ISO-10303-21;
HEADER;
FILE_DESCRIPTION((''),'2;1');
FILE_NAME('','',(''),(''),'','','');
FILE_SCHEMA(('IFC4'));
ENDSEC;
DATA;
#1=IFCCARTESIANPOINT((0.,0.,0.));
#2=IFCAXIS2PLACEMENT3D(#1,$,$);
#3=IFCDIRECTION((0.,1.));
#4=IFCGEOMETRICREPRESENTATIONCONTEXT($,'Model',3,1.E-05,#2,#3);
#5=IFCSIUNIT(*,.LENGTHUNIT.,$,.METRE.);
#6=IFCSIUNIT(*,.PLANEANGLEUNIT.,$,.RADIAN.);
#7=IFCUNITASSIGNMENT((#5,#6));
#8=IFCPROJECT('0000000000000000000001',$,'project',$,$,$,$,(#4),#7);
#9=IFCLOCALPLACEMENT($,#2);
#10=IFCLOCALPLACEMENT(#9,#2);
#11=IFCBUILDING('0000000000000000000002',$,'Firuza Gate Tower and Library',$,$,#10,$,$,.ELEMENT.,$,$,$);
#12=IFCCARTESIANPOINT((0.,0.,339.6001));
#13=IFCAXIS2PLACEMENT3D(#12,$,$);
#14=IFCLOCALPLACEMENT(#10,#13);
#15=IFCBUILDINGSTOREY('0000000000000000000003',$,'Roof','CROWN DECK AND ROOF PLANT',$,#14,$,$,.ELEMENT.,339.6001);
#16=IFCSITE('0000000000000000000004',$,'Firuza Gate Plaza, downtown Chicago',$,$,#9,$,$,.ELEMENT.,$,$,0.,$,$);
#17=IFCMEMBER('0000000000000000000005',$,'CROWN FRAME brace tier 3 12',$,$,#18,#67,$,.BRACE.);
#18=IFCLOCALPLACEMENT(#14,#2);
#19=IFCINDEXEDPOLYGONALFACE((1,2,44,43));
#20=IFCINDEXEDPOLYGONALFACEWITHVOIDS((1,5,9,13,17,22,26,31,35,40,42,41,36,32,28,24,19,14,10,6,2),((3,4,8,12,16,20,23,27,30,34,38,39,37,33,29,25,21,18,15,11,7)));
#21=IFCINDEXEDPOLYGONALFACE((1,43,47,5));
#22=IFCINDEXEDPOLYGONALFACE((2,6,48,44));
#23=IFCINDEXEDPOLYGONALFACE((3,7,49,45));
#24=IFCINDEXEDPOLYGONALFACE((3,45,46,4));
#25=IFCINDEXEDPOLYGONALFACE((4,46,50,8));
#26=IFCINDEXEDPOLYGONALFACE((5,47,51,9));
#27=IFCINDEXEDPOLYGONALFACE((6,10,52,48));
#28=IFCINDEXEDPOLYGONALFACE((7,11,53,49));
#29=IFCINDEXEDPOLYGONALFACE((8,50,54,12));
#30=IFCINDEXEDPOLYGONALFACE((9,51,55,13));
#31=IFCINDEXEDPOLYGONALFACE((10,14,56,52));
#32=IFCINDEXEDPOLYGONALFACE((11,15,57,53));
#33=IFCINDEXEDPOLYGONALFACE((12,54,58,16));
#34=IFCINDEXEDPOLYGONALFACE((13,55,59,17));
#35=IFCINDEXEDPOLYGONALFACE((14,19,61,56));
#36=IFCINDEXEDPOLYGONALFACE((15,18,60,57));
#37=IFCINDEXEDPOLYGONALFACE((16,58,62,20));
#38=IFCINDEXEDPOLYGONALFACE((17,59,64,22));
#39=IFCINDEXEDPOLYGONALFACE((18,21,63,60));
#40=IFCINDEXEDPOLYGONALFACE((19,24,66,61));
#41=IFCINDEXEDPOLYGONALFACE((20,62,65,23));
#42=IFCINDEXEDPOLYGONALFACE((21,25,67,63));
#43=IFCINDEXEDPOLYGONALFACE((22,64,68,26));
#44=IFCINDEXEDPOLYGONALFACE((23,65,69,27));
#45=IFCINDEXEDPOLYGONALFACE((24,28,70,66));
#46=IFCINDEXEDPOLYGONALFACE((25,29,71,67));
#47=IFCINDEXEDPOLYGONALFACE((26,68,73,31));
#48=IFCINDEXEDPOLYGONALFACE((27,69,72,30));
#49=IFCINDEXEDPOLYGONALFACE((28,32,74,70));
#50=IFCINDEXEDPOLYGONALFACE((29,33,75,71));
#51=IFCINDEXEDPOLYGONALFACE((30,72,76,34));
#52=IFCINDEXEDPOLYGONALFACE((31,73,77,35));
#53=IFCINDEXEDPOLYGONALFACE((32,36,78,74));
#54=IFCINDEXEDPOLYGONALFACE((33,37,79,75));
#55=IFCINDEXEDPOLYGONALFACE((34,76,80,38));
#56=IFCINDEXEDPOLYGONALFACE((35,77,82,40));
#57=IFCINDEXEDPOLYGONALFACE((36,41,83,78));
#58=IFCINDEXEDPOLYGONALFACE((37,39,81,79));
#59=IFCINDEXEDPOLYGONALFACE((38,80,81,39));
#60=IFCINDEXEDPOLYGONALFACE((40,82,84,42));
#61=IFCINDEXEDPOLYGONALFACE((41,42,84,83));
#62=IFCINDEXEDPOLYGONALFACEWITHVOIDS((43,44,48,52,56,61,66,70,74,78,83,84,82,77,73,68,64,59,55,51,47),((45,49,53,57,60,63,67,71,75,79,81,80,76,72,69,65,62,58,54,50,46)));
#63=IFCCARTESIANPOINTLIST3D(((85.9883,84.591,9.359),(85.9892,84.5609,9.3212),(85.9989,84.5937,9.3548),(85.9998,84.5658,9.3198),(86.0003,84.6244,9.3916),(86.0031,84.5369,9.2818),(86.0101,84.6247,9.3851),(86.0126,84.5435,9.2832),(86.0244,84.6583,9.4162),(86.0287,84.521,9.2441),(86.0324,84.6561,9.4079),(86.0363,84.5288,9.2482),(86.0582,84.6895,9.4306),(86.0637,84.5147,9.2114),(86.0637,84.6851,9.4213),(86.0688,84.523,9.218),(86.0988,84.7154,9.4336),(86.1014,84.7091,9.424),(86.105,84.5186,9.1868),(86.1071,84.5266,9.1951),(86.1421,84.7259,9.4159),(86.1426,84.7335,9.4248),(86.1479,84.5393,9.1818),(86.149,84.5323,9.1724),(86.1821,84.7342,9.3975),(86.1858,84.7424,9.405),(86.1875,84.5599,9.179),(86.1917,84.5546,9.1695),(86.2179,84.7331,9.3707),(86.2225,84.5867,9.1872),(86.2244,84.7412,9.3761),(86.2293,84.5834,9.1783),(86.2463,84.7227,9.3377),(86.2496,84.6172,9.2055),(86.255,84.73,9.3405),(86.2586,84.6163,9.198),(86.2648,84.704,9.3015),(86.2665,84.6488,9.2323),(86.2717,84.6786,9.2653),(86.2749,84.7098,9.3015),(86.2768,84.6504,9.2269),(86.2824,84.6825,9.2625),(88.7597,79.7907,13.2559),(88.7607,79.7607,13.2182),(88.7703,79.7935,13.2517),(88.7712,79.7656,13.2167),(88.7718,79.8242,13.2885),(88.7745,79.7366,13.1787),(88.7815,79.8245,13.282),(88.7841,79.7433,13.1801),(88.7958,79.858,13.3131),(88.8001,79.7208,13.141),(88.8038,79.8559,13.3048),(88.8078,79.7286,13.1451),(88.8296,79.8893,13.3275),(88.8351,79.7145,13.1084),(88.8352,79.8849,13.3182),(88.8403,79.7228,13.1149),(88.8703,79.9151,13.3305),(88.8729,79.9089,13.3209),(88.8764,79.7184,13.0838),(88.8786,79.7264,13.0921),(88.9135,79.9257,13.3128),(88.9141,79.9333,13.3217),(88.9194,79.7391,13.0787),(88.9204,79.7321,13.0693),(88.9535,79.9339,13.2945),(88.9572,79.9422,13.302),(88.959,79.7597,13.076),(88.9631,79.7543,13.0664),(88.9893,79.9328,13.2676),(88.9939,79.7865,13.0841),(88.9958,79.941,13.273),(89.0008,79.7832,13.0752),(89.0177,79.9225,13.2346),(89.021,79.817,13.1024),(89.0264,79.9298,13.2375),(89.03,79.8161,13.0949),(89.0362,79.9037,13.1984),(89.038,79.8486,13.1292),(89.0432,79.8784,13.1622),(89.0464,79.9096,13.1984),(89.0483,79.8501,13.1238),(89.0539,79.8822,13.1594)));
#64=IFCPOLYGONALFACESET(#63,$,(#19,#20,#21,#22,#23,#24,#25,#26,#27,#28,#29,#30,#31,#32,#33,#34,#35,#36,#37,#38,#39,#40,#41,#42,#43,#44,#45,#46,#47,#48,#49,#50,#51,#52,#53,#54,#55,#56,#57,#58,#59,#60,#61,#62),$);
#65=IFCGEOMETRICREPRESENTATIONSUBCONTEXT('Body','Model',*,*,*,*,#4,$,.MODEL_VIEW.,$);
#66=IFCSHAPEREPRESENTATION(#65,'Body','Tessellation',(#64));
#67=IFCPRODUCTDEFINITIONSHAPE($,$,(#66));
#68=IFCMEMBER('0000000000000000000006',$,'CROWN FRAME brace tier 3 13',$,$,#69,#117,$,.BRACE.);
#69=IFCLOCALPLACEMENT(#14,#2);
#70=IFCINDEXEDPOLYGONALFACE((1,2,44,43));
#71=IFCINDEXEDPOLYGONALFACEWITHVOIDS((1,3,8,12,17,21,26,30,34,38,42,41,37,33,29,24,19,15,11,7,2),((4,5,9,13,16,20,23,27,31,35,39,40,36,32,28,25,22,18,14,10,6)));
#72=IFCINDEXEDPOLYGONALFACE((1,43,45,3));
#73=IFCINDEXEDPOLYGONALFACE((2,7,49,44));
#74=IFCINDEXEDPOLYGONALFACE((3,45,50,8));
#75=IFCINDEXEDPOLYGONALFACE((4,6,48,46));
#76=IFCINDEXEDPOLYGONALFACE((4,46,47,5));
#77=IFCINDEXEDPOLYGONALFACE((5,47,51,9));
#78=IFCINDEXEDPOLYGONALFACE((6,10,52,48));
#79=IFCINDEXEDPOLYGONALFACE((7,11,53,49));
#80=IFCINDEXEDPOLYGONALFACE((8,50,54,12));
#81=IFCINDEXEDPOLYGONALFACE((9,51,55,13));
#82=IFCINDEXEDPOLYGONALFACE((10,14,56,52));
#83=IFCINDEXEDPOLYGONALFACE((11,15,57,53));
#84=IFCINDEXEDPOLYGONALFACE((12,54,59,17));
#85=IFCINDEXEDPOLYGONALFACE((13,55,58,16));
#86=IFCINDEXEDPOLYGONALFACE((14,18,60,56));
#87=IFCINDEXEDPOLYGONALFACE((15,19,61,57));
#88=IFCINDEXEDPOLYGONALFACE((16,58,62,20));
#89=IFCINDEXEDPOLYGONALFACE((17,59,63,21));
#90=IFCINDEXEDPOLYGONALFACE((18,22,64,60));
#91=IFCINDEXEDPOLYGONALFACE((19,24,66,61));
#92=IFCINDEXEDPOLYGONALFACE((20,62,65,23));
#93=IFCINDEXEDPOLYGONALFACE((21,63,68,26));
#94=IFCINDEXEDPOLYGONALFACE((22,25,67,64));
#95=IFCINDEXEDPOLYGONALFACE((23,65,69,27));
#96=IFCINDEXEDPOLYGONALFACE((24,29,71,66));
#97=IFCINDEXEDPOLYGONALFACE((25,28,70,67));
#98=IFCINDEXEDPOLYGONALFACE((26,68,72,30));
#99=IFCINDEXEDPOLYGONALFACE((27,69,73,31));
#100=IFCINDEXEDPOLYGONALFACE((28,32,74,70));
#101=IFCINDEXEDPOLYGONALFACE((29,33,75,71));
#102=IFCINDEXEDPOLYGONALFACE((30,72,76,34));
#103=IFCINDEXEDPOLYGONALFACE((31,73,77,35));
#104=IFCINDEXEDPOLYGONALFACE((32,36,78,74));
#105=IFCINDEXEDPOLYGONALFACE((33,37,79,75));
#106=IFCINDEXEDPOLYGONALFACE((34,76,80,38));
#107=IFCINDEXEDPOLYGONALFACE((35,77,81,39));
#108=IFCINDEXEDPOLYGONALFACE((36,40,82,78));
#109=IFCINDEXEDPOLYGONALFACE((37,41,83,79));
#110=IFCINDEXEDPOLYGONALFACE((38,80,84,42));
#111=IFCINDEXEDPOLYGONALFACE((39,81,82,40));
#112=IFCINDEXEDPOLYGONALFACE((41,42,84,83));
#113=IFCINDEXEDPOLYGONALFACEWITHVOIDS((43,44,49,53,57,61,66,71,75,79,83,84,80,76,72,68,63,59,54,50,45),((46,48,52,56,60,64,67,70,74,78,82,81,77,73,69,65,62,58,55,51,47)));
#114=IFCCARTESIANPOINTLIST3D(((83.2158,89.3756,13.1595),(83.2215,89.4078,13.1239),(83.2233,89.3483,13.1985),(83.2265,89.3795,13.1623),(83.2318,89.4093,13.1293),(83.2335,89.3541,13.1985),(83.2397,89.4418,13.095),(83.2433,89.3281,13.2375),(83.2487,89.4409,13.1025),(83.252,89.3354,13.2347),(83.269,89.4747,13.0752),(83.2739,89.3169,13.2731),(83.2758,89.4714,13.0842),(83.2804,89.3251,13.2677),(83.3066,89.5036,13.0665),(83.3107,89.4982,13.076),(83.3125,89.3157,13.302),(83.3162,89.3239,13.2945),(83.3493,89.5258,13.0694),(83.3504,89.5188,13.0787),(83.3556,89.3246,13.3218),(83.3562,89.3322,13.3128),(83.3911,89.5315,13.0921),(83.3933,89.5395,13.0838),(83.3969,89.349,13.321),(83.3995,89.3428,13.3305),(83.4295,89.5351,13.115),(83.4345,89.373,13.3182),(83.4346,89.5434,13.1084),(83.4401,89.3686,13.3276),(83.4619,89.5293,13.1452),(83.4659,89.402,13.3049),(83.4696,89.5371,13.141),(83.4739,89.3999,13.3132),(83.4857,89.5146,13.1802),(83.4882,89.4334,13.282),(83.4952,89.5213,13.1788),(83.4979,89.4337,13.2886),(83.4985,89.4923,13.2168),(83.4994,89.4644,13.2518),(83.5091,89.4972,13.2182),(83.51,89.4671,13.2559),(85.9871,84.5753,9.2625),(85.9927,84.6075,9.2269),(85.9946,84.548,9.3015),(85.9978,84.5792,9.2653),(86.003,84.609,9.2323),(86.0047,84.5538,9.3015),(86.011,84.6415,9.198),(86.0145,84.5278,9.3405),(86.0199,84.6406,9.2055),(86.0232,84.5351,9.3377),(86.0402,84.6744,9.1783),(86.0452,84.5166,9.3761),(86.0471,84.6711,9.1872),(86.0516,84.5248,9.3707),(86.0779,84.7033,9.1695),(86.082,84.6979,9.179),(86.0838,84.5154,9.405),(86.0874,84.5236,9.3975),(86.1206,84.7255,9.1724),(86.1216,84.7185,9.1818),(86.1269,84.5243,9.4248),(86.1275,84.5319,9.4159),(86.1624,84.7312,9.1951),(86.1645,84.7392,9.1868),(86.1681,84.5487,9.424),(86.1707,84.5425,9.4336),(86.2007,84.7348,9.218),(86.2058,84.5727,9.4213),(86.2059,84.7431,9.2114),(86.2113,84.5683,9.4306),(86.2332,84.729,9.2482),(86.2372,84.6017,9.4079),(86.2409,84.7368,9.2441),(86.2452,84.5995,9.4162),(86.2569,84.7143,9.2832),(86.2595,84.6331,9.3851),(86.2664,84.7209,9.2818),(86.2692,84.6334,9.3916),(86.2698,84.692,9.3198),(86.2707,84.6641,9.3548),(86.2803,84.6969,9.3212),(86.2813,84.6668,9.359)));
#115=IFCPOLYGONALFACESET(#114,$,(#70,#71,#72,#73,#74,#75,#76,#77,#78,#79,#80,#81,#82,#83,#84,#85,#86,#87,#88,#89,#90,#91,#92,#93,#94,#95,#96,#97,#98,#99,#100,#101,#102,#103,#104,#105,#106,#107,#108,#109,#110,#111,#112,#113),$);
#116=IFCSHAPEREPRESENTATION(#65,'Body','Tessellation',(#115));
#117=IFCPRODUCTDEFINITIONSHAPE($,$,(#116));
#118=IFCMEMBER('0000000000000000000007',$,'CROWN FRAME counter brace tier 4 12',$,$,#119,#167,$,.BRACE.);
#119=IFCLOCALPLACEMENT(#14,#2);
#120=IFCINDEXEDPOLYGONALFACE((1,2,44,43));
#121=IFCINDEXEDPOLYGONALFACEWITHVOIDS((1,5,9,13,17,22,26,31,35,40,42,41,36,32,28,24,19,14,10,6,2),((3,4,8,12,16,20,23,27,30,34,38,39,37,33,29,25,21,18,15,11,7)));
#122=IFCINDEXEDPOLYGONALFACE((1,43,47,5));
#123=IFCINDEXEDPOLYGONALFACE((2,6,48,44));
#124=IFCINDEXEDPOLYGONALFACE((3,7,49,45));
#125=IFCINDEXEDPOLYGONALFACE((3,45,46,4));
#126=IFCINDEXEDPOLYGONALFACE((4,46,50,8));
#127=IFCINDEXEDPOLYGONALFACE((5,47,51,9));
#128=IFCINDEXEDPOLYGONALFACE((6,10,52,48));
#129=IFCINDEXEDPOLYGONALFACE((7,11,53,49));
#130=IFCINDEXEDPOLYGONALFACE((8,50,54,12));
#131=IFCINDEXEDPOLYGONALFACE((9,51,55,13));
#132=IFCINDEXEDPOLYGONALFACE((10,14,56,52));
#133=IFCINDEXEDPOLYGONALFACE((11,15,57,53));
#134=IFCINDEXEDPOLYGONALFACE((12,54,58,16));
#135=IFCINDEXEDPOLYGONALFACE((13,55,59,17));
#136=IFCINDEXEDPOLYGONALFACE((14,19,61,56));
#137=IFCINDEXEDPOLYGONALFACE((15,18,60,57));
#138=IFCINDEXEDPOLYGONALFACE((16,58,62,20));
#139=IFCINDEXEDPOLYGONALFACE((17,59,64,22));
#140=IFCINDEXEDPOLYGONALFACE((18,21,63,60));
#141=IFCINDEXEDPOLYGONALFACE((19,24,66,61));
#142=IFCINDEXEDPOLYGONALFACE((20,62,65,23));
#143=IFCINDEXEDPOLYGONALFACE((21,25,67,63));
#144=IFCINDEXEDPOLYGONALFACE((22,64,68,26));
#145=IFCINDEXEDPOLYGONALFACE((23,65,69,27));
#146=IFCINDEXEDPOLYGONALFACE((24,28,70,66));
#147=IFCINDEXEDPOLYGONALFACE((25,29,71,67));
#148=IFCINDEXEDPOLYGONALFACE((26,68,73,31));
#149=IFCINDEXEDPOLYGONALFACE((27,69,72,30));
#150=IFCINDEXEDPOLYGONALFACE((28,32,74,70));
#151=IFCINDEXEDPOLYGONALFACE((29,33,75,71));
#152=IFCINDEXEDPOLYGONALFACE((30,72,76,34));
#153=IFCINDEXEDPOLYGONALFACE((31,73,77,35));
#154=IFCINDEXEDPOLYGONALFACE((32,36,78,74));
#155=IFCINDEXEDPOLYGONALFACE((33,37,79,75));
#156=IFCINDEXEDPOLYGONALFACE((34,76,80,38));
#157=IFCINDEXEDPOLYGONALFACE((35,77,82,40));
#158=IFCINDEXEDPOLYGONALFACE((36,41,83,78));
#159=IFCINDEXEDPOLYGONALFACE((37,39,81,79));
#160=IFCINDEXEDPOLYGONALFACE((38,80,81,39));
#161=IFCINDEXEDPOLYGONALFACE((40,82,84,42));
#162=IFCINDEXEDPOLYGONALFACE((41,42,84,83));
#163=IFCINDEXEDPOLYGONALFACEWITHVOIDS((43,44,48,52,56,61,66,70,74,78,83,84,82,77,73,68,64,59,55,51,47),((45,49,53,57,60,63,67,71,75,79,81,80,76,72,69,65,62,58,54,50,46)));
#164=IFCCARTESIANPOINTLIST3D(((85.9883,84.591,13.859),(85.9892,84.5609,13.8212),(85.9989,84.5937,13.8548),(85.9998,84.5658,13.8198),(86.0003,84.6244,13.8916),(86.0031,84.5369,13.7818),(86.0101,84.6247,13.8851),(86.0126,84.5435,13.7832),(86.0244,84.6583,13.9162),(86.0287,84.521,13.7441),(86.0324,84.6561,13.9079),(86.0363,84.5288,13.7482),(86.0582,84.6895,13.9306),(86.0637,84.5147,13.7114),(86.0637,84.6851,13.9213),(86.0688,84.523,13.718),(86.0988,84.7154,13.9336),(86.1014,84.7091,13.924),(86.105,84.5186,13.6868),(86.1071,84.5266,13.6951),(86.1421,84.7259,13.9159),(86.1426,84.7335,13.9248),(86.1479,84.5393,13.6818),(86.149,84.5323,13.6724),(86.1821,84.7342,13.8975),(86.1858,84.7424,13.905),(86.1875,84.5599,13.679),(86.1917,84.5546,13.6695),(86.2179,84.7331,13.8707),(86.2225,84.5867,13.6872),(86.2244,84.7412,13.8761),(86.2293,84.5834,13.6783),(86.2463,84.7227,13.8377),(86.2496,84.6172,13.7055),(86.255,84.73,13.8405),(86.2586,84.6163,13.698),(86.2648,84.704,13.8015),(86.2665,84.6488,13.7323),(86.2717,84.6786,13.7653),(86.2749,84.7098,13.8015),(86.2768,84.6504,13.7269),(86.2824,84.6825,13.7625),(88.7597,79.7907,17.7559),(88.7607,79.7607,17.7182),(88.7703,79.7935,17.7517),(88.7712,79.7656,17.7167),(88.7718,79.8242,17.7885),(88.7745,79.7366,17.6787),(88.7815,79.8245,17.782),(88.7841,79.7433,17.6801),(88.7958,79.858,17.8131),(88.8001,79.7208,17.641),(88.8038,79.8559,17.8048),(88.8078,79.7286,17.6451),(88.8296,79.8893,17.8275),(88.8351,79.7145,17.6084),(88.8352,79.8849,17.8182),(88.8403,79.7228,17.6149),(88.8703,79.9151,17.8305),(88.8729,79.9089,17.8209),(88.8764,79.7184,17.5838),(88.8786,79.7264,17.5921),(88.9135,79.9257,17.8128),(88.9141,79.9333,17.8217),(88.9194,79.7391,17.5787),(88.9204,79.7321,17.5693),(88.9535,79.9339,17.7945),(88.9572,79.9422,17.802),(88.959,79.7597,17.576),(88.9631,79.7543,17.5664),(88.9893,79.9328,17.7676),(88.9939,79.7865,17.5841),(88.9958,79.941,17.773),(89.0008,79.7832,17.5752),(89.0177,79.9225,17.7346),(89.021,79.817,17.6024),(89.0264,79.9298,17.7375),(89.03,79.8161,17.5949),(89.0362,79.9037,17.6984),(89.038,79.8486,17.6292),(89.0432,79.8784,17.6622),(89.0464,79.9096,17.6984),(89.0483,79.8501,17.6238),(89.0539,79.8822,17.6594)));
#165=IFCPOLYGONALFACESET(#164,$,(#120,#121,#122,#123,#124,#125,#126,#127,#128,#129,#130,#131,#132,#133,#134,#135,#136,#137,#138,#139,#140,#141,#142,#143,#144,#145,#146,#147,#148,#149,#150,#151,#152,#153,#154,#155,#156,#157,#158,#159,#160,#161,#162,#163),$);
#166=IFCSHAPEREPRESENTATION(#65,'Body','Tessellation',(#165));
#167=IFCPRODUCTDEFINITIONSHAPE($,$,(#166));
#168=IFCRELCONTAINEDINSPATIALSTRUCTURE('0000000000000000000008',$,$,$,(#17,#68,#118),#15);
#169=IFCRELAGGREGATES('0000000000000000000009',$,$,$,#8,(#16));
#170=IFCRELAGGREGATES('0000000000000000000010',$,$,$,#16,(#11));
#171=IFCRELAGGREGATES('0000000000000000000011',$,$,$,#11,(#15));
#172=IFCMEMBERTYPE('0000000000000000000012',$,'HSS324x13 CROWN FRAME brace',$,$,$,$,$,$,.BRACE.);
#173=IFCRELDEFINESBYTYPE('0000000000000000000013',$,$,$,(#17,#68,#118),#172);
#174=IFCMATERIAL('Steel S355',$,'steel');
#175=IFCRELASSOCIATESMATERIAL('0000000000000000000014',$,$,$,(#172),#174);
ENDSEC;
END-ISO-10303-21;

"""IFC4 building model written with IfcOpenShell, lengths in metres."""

from ifc_helpers import new_model, si_unit, direction, frame, origin, origin_2d, place, context, subcontext, project, spatial, hollow_circle, extrude, material, material_profile, profile_set, type_object, element, save


model = new_model("IFC4")

# Units and contexts
model_context = context("Model", 3, precision=1e-05, world=origin(), true_north=direction((0.0, 1.0)))
body_context = subcontext(model_context, "Body", "Model", "MODEL_VIEW")
ifc_project = project(units=[si_unit("LENGTHUNIT", "METRE"), si_unit("PLANEANGLEUNIT", "RADIAN")], contexts=[model_context])

# Site, building, storey
site_placement = place(None, origin())
site = spatial("IfcSite", under=ifc_project, at=site_placement, Name="Firuza Gate Plaza, downtown Chicago", CompositionType="ELEMENT", RefElevation=0.0)
building_placement = place(site_placement, origin())
building = spatial("IfcBuilding", under=site, at=building_placement, Name="Firuza Gate Tower and Library", CompositionType="ELEMENT")
storey_placement = place(building_placement, frame((0.0, 0.0, 339.6001)))
storey = spatial("IfcBuildingStorey", under=building, at=storey_placement, Name="Roof", Description="CROWN DECK AND ROOF PLANT", CompositionType="ELEMENT", Elevation=339.6001)

# Members
ifc_material_1 = material(Name="Steel S355", Category="steel")
ifc_material_profile_1 = material_profile(ifc_material_1, hollow_circle(Radius=0.1619, WallThickness=0.0117, at=origin_2d()))
ifc_profile_set_1 = profile_set([ifc_material_profile_1], Name="Steel S355")
member_type_1 = type_object("IfcMemberType", Name="HSS324x13 CROWN FRAME brace", PredefinedType="BRACE", material=ifc_profile_set_1)
for number, where, z_axis, x_axis, name in (
    (1, (86.1348, 84.6289, 9.3015), (0.409032, -0.708455, 0.575138), (0.866023, 0.500005, 0.0), "CROWN FRAME brace tier 3 12"),
    (2, (86.1348, 84.6289, 9.3015), (-0.409002, 0.708466, 0.575147), (-0.866042, -0.499972, 0.0), "CROWN FRAME brace tier 3 13"),
    (3, (86.1348, 84.6289, 13.8015), (0.409032, -0.708455, 0.575138), (0.866023, 0.500005, 0.0), "CROWN FRAME counter brace tier 4 12"),
):
    element("IfcMember", number, at=place(storey_placement, frame(where, z_axis=z_axis, x_axis=x_axis)), inside=storey, type_object=member_type_1, Name=name, PredefinedType="BRACE", context=body_context, shape_type="SweptSolid", body=[
        extrude(hollow_circle(Radius=0.1619, WallThickness=0.0117, at=origin_2d()), origin(), (0.0, 0.0, 1.0), 6.7756),
    ])

save(model, "model.ifc")
